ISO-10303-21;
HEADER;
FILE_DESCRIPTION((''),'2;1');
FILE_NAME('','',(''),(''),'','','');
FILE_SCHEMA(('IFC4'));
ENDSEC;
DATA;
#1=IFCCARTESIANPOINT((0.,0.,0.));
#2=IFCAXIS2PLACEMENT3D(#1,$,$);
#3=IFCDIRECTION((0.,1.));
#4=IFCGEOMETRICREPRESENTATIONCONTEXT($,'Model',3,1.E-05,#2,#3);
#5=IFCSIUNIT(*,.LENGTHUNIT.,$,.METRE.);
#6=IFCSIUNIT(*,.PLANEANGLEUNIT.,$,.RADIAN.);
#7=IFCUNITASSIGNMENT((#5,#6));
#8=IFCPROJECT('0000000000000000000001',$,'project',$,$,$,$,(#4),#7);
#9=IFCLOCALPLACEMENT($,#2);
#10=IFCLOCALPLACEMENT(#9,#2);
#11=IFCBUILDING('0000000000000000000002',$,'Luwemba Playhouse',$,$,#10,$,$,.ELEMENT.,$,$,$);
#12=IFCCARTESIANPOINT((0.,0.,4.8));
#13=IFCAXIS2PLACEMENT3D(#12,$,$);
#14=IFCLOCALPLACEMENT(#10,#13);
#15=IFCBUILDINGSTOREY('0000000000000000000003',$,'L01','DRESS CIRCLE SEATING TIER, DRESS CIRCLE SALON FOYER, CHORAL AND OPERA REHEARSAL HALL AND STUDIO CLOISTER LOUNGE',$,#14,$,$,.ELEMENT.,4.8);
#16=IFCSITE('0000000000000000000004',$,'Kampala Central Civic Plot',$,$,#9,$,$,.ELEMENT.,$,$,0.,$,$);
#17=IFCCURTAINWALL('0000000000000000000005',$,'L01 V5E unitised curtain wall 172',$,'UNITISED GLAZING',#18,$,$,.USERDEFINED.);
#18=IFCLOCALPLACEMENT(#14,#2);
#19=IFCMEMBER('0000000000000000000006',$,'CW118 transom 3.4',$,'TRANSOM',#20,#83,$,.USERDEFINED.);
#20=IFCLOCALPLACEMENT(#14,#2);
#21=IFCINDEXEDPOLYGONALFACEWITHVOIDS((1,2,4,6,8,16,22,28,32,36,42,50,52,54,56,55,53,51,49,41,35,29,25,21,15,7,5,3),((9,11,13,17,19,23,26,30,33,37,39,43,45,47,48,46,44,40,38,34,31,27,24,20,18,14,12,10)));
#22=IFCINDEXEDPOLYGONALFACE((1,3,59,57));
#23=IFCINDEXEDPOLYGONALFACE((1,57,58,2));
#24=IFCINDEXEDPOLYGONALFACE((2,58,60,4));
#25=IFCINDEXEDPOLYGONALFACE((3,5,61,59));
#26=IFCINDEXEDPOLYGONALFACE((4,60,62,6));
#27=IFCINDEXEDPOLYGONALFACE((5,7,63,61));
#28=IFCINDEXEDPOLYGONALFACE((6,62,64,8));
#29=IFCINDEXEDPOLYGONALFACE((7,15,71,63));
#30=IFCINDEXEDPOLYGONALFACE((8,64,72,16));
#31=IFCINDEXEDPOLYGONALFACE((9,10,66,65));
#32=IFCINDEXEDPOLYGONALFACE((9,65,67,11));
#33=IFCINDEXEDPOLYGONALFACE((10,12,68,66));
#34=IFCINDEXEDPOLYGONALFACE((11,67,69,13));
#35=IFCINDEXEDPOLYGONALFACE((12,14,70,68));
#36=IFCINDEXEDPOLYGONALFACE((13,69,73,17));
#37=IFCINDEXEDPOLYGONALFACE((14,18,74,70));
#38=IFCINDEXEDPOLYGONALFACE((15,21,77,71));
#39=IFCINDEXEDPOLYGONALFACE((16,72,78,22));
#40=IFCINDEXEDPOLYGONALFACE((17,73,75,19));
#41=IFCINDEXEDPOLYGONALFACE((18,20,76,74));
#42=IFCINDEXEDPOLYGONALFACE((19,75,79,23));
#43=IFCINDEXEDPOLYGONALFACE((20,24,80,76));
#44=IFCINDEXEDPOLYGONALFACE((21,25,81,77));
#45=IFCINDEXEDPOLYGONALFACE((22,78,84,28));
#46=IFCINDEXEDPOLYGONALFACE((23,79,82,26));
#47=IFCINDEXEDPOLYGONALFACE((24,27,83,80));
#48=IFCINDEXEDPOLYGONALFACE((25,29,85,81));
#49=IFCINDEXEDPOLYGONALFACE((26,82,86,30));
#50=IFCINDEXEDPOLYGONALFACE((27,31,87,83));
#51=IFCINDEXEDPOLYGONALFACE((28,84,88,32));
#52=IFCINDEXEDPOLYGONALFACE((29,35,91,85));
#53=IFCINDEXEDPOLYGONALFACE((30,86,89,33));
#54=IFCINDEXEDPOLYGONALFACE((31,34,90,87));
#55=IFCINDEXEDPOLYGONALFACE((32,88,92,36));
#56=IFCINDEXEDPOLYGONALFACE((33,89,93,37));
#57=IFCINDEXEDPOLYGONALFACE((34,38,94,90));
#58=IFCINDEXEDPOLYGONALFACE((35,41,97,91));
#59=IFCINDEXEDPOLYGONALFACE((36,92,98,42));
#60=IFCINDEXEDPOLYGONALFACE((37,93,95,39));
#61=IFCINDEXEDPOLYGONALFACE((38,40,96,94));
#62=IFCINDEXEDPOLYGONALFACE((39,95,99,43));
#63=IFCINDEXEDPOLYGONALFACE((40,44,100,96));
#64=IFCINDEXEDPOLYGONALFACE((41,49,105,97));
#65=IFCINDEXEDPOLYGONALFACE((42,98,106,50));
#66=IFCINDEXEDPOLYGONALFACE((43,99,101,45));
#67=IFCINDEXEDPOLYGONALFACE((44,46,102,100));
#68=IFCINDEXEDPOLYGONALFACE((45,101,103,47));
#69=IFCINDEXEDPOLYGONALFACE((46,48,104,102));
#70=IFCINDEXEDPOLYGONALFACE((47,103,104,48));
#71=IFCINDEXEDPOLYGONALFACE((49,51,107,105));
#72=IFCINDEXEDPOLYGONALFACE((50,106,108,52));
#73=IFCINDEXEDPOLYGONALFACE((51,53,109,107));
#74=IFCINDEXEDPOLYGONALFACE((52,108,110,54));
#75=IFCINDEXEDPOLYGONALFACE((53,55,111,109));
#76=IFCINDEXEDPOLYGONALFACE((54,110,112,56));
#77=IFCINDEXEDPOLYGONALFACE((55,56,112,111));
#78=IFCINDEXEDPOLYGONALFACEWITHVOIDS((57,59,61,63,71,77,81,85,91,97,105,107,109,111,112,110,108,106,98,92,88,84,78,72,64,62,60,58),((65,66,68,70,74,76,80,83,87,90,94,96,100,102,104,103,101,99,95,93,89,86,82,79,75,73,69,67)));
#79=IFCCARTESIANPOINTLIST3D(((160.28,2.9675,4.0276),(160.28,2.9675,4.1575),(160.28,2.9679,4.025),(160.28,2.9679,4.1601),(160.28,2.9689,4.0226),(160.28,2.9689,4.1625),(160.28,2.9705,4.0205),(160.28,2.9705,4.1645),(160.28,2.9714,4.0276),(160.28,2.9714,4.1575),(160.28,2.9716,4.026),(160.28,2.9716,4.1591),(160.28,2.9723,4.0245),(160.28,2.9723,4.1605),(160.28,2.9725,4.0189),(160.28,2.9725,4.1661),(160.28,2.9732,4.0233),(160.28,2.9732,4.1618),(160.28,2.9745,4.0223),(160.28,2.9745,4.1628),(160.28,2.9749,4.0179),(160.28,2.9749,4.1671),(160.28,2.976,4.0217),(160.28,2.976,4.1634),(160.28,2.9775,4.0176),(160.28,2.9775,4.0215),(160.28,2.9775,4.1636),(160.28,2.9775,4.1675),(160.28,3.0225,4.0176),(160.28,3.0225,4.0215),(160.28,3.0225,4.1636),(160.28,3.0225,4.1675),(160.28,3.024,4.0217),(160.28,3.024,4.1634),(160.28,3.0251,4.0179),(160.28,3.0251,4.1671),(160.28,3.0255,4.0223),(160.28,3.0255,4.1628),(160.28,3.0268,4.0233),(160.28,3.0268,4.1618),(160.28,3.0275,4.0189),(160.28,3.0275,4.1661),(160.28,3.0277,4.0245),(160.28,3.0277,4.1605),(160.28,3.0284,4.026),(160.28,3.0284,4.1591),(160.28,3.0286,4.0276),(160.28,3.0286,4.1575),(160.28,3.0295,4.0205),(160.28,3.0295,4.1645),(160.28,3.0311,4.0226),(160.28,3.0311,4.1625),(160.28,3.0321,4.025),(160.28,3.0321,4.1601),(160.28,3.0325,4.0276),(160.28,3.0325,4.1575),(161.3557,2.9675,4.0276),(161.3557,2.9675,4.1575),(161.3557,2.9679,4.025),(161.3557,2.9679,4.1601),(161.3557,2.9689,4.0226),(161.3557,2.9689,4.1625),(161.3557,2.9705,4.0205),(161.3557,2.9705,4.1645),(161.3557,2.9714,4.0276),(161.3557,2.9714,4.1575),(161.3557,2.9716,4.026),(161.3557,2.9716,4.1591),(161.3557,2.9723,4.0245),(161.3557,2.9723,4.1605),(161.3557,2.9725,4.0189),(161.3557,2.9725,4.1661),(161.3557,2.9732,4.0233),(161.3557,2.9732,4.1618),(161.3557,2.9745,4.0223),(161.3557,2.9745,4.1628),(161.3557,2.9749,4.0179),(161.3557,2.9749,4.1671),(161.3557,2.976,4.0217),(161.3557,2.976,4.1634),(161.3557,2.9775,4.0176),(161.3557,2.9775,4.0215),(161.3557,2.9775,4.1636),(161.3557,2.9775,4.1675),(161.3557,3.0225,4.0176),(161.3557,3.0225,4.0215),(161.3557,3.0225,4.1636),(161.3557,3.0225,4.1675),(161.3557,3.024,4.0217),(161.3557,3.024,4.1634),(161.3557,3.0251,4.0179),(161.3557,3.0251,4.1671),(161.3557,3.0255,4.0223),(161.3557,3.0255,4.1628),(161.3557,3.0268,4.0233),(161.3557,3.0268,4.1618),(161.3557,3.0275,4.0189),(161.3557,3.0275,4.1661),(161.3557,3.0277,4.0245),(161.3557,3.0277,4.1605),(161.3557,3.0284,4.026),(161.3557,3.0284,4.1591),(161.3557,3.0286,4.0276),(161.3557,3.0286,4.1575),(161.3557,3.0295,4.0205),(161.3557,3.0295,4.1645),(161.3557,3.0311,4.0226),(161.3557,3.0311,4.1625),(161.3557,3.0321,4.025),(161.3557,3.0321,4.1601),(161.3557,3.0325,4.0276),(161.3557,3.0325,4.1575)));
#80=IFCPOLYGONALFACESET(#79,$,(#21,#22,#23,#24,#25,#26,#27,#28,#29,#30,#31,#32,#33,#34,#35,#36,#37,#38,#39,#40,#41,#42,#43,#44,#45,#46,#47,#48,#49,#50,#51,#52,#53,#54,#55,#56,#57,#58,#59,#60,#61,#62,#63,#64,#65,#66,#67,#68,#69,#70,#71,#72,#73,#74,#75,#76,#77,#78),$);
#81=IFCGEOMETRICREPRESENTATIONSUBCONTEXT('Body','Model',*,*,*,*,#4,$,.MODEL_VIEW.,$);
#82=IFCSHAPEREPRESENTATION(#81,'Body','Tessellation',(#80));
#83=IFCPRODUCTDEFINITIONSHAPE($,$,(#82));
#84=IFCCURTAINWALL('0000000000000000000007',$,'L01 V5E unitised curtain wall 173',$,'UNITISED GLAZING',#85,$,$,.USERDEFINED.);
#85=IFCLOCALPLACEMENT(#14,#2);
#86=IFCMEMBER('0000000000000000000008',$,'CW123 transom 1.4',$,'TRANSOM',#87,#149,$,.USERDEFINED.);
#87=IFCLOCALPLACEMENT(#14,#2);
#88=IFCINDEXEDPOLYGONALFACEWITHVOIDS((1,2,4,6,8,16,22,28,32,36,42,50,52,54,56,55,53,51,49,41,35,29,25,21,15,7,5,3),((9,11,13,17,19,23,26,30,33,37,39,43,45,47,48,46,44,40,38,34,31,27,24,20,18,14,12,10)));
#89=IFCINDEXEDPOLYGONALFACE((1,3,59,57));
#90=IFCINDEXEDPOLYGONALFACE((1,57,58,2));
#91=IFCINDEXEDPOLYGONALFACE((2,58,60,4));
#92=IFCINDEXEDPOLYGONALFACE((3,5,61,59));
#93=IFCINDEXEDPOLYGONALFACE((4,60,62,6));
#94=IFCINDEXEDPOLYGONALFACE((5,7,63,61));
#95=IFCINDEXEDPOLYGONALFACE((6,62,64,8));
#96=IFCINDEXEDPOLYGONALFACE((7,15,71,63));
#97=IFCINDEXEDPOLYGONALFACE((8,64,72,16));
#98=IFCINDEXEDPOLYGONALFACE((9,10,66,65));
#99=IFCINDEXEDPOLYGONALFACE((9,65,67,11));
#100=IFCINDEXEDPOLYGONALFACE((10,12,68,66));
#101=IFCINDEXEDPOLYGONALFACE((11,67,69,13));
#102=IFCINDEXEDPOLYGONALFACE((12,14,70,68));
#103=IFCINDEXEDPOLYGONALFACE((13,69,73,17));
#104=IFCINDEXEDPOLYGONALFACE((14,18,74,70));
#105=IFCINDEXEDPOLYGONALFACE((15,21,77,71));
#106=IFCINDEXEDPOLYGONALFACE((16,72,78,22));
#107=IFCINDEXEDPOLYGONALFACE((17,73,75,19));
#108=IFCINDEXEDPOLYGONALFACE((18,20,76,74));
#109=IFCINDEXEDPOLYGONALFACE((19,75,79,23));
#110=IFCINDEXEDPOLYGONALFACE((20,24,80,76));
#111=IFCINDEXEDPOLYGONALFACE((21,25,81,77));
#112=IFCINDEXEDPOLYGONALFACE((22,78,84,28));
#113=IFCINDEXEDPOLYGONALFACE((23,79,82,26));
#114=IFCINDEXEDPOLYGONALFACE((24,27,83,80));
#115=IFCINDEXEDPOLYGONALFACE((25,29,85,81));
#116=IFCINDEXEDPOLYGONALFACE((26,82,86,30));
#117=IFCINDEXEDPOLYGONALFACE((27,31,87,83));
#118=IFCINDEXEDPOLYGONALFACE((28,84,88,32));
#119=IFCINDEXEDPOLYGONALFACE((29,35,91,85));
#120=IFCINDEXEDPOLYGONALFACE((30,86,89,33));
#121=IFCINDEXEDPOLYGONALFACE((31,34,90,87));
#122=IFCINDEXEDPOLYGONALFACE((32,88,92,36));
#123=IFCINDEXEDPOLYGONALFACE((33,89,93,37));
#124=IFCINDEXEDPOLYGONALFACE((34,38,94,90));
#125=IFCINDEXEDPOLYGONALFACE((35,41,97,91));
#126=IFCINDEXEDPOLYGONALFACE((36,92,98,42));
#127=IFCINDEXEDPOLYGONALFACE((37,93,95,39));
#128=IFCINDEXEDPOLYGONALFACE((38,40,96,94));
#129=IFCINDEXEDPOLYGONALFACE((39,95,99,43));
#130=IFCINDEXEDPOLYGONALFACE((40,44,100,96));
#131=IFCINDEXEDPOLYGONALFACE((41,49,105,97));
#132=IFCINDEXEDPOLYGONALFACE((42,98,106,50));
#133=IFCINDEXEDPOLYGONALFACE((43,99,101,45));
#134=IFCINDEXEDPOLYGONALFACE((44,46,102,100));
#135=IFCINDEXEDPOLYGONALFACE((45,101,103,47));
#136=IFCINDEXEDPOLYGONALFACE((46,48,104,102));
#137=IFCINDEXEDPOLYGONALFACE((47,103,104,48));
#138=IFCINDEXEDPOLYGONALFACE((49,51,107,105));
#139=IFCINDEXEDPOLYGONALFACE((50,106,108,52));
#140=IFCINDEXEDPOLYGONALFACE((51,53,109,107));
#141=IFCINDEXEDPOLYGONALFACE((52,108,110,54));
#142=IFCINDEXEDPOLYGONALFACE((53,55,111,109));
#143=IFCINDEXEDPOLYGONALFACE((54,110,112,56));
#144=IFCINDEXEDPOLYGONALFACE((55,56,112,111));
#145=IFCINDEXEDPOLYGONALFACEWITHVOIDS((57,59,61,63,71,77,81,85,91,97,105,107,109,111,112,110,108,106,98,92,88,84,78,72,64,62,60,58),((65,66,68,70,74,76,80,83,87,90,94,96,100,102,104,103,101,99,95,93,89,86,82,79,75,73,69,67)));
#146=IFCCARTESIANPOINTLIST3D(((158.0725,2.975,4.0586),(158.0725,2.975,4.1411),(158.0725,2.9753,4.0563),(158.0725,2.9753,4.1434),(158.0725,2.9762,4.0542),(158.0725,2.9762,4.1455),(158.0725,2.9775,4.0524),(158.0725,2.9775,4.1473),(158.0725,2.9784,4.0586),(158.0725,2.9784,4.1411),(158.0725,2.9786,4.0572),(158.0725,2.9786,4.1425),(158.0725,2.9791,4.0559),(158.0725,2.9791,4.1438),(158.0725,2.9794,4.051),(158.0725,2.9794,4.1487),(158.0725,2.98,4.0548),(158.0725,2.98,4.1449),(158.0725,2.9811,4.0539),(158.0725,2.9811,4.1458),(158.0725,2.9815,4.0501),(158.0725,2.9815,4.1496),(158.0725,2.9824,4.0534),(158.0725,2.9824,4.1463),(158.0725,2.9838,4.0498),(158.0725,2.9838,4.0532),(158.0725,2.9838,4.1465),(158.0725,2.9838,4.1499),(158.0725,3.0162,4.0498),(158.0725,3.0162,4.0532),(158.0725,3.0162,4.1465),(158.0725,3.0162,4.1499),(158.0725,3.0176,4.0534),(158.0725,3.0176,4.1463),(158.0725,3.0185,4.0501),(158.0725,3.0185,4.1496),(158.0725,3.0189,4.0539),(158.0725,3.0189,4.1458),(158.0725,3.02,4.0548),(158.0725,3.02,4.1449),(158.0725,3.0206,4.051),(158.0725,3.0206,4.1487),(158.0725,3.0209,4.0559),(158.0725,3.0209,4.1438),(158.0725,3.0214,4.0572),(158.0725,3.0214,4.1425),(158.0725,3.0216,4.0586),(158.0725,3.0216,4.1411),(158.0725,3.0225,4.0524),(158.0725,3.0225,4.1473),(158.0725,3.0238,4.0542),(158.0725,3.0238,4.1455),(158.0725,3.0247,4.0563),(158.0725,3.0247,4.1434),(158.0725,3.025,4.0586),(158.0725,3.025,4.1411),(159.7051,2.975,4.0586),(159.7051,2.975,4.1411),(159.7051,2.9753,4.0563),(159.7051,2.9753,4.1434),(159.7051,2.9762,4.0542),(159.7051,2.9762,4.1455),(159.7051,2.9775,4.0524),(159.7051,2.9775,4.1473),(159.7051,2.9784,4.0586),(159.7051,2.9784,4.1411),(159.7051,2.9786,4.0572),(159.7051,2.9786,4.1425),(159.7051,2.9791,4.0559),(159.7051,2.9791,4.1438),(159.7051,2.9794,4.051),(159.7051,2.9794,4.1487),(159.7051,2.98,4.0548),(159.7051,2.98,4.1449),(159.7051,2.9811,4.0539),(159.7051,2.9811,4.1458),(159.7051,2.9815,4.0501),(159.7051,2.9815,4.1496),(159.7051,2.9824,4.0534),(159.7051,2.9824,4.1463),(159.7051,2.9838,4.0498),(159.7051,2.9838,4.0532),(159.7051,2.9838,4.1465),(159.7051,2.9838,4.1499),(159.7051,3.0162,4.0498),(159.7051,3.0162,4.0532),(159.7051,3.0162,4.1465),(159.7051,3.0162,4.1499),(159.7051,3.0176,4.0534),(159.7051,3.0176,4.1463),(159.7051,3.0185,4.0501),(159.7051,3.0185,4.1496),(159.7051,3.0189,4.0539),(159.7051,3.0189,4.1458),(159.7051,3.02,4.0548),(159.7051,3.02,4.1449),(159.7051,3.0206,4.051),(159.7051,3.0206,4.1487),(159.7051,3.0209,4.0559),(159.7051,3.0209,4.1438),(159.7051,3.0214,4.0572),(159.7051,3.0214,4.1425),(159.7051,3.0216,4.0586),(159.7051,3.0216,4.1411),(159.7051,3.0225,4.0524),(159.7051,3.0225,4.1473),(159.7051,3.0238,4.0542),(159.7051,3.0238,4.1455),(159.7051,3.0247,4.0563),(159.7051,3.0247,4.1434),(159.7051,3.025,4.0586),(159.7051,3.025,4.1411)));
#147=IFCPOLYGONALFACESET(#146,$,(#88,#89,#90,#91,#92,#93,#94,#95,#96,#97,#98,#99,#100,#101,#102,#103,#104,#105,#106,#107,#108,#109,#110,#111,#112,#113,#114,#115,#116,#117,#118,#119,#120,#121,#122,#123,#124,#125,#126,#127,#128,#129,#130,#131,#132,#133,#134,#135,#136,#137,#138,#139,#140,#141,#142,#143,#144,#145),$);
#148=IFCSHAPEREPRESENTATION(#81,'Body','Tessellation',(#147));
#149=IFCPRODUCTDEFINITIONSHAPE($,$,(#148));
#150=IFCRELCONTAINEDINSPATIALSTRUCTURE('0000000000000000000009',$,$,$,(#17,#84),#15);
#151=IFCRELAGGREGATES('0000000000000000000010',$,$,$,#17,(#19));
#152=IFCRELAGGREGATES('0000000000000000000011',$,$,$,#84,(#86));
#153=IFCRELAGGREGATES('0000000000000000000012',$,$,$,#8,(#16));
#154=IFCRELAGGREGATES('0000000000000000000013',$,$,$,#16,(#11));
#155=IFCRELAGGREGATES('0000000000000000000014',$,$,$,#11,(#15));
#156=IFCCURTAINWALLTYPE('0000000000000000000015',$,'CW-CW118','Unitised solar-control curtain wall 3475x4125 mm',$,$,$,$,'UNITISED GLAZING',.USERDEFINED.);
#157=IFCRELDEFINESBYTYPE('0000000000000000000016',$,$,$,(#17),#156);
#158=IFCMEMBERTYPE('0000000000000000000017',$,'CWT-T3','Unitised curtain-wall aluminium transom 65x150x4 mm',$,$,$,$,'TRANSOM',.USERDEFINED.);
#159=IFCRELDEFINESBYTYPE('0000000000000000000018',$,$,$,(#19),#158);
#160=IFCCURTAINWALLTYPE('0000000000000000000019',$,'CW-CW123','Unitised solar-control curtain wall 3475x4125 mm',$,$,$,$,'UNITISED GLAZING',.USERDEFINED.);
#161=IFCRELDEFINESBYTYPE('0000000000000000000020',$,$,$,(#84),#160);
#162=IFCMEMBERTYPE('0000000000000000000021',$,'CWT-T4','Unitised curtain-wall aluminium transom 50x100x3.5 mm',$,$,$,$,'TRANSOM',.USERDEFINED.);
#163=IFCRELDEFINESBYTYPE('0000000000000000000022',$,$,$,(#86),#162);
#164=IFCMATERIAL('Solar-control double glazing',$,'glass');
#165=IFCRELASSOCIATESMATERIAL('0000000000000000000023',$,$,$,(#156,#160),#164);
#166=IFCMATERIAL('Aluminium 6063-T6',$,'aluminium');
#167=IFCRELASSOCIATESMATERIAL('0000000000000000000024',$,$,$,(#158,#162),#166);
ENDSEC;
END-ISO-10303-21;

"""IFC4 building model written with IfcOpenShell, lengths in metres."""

from ifc_helpers import new_model, si_unit, direction, frame, origin, origin_2d, place, context, subcontext, project, spatial, hollow_rectangle, extrude, material, material_profile, profile_set, type_object, element, aggregate, save


model = new_model("IFC4")

# Units and contexts
model_context = context("Model", 3, precision=1e-05, world=origin(), true_north=direction((0.0, 1.0)))
body_context = subcontext(model_context, "Body", "Model", "MODEL_VIEW")
ifc_project = project(units=[si_unit("LENGTHUNIT", "METRE"), si_unit("PLANEANGLEUNIT", "RADIAN")], contexts=[model_context])

# Site, building, storey
site_placement = place(None, origin())
site = spatial("IfcSite", under=ifc_project, at=site_placement, Name="Kampala Central Civic Plot", CompositionType="ELEMENT", RefElevation=0.0)
building_placement = place(site_placement, origin())
building = spatial("IfcBuilding", under=site, at=building_placement, Name="Luwemba Playhouse", CompositionType="ELEMENT")
storey_placement = place(building_placement, frame((0.0, 0.0, 4.8)))
storey = spatial("IfcBuildingStorey", under=building, at=storey_placement, Name="L01", Description="DRESS CIRCLE SEATING TIER, DRESS CIRCLE SALON FOYER, CHORAL AND OPERA REHEARSAL HALL AND STUDIO CLOISTER LOUNGE", CompositionType="ELEMENT", Elevation=4.8)

# Shared definitions
ifc_material_1 = material(Name="Solar-control double glazing", Category="glass")
ifc_material_2 = material(Name="Aluminium 6063-T6", Category="aluminium")

# Curtain walls, members
curtain_wall_type_1 = type_object("IfcCurtainWallType", Name="CW-CW118", Description="Unitised solar-control curtain wall 3475x4125 mm", ElementType="UNITISED GLAZING", PredefinedType="USERDEFINED", material=ifc_material_1)
curtain_wall_1_placement = place(storey_placement, origin())
curtain_wall_1 = element("IfcCurtainWall", 1, at=curtain_wall_1_placement, inside=storey, type_object=curtain_wall_type_1, Name="L01 V5E unitised curtain wall 172", ObjectType="UNITISED GLAZING", PredefinedType="USERDEFINED")
ifc_material_profile_1 = material_profile(ifc_material_2, hollow_rectangle(XDim=0.0649, YDim=0.1499, WallThickness=0.0039, InnerFilletRadius=0.0061, OuterFilletRadius=0.01, at=origin_2d()))
ifc_profile_set_1 = profile_set([ifc_material_profile_1], Name="Aluminium 6063-T6")
member_type_1 = type_object("IfcMemberType", Name="CWT-T3", Description="Unitised curtain-wall aluminium transom 65x150x4 mm", ElementType="TRANSOM", PredefinedType="USERDEFINED", material=ifc_profile_set_1)
member_1_placement = place(storey_placement, frame((161.3557, 3.0, 4.0925), z_axis=(-1.0, 0.0, 0.0), x_axis=(0.0, -1.0, 0.0)))
member_1 = element("IfcMember", 2, at=member_1_placement, type_object=member_type_1, Name="CW118 transom 3.4", ObjectType="TRANSOM", PredefinedType="USERDEFINED", context=body_context, shape_type="SweptSolid", body=[
    extrude(hollow_rectangle(XDim=0.0649, YDim=0.1499, WallThickness=0.0039, InnerFilletRadius=0.0061, OuterFilletRadius=0.01, at=origin_2d()), origin(), (0.0, 0.0, 1.0), 1.0757),
])
curtain_wall_type_2 = type_object("IfcCurtainWallType", Name="CW-CW123", Description="Unitised solar-control curtain wall 3475x4125 mm", ElementType="UNITISED GLAZING", PredefinedType="USERDEFINED", material=ifc_material_1)
curtain_wall_2_placement = place(storey_placement, origin())
curtain_wall_2 = element("IfcCurtainWall", 3, at=curtain_wall_2_placement, inside=storey, type_object=curtain_wall_type_2, Name="L01 V5E unitised curtain wall 173", ObjectType="UNITISED GLAZING", PredefinedType="USERDEFINED")
ifc_material_profile_2 = material_profile(ifc_material_2, hollow_rectangle(XDim=0.05, YDim=0.1001, WallThickness=0.0034, InnerFilletRadius=0.0054, OuterFilletRadius=0.0088, at=origin_2d()))
ifc_profile_set_2 = profile_set([ifc_material_profile_2], Name="Aluminium 6063-T6")
member_type_2 = type_object("IfcMemberType", Name="CWT-T4", Description="Unitised curtain-wall aluminium transom 50x100x3.5 mm", ElementType="TRANSOM", PredefinedType="USERDEFINED", material=ifc_profile_set_2)
member_2_placement = place(storey_placement, frame((159.7051, 3.0, 4.0999), z_axis=(-1.0, 0.0, 0.0), x_axis=(0.0, -1.0, 0.0)))
member_2 = element("IfcMember", 4, at=member_2_placement, type_object=member_type_2, Name="CW123 transom 1.4", ObjectType="TRANSOM", PredefinedType="USERDEFINED", context=body_context, shape_type="SweptSolid", body=[
    extrude(hollow_rectangle(XDim=0.05, YDim=0.1001, WallThickness=0.0034, InnerFilletRadius=0.0054, OuterFilletRadius=0.0088, at=origin_2d()), origin(), (0.0, 0.0, 1.0), 1.6326),
])

aggregate(curtain_wall_1, [member_1])
aggregate(curtain_wall_2, [member_2])

save(model, "model.ifc")
